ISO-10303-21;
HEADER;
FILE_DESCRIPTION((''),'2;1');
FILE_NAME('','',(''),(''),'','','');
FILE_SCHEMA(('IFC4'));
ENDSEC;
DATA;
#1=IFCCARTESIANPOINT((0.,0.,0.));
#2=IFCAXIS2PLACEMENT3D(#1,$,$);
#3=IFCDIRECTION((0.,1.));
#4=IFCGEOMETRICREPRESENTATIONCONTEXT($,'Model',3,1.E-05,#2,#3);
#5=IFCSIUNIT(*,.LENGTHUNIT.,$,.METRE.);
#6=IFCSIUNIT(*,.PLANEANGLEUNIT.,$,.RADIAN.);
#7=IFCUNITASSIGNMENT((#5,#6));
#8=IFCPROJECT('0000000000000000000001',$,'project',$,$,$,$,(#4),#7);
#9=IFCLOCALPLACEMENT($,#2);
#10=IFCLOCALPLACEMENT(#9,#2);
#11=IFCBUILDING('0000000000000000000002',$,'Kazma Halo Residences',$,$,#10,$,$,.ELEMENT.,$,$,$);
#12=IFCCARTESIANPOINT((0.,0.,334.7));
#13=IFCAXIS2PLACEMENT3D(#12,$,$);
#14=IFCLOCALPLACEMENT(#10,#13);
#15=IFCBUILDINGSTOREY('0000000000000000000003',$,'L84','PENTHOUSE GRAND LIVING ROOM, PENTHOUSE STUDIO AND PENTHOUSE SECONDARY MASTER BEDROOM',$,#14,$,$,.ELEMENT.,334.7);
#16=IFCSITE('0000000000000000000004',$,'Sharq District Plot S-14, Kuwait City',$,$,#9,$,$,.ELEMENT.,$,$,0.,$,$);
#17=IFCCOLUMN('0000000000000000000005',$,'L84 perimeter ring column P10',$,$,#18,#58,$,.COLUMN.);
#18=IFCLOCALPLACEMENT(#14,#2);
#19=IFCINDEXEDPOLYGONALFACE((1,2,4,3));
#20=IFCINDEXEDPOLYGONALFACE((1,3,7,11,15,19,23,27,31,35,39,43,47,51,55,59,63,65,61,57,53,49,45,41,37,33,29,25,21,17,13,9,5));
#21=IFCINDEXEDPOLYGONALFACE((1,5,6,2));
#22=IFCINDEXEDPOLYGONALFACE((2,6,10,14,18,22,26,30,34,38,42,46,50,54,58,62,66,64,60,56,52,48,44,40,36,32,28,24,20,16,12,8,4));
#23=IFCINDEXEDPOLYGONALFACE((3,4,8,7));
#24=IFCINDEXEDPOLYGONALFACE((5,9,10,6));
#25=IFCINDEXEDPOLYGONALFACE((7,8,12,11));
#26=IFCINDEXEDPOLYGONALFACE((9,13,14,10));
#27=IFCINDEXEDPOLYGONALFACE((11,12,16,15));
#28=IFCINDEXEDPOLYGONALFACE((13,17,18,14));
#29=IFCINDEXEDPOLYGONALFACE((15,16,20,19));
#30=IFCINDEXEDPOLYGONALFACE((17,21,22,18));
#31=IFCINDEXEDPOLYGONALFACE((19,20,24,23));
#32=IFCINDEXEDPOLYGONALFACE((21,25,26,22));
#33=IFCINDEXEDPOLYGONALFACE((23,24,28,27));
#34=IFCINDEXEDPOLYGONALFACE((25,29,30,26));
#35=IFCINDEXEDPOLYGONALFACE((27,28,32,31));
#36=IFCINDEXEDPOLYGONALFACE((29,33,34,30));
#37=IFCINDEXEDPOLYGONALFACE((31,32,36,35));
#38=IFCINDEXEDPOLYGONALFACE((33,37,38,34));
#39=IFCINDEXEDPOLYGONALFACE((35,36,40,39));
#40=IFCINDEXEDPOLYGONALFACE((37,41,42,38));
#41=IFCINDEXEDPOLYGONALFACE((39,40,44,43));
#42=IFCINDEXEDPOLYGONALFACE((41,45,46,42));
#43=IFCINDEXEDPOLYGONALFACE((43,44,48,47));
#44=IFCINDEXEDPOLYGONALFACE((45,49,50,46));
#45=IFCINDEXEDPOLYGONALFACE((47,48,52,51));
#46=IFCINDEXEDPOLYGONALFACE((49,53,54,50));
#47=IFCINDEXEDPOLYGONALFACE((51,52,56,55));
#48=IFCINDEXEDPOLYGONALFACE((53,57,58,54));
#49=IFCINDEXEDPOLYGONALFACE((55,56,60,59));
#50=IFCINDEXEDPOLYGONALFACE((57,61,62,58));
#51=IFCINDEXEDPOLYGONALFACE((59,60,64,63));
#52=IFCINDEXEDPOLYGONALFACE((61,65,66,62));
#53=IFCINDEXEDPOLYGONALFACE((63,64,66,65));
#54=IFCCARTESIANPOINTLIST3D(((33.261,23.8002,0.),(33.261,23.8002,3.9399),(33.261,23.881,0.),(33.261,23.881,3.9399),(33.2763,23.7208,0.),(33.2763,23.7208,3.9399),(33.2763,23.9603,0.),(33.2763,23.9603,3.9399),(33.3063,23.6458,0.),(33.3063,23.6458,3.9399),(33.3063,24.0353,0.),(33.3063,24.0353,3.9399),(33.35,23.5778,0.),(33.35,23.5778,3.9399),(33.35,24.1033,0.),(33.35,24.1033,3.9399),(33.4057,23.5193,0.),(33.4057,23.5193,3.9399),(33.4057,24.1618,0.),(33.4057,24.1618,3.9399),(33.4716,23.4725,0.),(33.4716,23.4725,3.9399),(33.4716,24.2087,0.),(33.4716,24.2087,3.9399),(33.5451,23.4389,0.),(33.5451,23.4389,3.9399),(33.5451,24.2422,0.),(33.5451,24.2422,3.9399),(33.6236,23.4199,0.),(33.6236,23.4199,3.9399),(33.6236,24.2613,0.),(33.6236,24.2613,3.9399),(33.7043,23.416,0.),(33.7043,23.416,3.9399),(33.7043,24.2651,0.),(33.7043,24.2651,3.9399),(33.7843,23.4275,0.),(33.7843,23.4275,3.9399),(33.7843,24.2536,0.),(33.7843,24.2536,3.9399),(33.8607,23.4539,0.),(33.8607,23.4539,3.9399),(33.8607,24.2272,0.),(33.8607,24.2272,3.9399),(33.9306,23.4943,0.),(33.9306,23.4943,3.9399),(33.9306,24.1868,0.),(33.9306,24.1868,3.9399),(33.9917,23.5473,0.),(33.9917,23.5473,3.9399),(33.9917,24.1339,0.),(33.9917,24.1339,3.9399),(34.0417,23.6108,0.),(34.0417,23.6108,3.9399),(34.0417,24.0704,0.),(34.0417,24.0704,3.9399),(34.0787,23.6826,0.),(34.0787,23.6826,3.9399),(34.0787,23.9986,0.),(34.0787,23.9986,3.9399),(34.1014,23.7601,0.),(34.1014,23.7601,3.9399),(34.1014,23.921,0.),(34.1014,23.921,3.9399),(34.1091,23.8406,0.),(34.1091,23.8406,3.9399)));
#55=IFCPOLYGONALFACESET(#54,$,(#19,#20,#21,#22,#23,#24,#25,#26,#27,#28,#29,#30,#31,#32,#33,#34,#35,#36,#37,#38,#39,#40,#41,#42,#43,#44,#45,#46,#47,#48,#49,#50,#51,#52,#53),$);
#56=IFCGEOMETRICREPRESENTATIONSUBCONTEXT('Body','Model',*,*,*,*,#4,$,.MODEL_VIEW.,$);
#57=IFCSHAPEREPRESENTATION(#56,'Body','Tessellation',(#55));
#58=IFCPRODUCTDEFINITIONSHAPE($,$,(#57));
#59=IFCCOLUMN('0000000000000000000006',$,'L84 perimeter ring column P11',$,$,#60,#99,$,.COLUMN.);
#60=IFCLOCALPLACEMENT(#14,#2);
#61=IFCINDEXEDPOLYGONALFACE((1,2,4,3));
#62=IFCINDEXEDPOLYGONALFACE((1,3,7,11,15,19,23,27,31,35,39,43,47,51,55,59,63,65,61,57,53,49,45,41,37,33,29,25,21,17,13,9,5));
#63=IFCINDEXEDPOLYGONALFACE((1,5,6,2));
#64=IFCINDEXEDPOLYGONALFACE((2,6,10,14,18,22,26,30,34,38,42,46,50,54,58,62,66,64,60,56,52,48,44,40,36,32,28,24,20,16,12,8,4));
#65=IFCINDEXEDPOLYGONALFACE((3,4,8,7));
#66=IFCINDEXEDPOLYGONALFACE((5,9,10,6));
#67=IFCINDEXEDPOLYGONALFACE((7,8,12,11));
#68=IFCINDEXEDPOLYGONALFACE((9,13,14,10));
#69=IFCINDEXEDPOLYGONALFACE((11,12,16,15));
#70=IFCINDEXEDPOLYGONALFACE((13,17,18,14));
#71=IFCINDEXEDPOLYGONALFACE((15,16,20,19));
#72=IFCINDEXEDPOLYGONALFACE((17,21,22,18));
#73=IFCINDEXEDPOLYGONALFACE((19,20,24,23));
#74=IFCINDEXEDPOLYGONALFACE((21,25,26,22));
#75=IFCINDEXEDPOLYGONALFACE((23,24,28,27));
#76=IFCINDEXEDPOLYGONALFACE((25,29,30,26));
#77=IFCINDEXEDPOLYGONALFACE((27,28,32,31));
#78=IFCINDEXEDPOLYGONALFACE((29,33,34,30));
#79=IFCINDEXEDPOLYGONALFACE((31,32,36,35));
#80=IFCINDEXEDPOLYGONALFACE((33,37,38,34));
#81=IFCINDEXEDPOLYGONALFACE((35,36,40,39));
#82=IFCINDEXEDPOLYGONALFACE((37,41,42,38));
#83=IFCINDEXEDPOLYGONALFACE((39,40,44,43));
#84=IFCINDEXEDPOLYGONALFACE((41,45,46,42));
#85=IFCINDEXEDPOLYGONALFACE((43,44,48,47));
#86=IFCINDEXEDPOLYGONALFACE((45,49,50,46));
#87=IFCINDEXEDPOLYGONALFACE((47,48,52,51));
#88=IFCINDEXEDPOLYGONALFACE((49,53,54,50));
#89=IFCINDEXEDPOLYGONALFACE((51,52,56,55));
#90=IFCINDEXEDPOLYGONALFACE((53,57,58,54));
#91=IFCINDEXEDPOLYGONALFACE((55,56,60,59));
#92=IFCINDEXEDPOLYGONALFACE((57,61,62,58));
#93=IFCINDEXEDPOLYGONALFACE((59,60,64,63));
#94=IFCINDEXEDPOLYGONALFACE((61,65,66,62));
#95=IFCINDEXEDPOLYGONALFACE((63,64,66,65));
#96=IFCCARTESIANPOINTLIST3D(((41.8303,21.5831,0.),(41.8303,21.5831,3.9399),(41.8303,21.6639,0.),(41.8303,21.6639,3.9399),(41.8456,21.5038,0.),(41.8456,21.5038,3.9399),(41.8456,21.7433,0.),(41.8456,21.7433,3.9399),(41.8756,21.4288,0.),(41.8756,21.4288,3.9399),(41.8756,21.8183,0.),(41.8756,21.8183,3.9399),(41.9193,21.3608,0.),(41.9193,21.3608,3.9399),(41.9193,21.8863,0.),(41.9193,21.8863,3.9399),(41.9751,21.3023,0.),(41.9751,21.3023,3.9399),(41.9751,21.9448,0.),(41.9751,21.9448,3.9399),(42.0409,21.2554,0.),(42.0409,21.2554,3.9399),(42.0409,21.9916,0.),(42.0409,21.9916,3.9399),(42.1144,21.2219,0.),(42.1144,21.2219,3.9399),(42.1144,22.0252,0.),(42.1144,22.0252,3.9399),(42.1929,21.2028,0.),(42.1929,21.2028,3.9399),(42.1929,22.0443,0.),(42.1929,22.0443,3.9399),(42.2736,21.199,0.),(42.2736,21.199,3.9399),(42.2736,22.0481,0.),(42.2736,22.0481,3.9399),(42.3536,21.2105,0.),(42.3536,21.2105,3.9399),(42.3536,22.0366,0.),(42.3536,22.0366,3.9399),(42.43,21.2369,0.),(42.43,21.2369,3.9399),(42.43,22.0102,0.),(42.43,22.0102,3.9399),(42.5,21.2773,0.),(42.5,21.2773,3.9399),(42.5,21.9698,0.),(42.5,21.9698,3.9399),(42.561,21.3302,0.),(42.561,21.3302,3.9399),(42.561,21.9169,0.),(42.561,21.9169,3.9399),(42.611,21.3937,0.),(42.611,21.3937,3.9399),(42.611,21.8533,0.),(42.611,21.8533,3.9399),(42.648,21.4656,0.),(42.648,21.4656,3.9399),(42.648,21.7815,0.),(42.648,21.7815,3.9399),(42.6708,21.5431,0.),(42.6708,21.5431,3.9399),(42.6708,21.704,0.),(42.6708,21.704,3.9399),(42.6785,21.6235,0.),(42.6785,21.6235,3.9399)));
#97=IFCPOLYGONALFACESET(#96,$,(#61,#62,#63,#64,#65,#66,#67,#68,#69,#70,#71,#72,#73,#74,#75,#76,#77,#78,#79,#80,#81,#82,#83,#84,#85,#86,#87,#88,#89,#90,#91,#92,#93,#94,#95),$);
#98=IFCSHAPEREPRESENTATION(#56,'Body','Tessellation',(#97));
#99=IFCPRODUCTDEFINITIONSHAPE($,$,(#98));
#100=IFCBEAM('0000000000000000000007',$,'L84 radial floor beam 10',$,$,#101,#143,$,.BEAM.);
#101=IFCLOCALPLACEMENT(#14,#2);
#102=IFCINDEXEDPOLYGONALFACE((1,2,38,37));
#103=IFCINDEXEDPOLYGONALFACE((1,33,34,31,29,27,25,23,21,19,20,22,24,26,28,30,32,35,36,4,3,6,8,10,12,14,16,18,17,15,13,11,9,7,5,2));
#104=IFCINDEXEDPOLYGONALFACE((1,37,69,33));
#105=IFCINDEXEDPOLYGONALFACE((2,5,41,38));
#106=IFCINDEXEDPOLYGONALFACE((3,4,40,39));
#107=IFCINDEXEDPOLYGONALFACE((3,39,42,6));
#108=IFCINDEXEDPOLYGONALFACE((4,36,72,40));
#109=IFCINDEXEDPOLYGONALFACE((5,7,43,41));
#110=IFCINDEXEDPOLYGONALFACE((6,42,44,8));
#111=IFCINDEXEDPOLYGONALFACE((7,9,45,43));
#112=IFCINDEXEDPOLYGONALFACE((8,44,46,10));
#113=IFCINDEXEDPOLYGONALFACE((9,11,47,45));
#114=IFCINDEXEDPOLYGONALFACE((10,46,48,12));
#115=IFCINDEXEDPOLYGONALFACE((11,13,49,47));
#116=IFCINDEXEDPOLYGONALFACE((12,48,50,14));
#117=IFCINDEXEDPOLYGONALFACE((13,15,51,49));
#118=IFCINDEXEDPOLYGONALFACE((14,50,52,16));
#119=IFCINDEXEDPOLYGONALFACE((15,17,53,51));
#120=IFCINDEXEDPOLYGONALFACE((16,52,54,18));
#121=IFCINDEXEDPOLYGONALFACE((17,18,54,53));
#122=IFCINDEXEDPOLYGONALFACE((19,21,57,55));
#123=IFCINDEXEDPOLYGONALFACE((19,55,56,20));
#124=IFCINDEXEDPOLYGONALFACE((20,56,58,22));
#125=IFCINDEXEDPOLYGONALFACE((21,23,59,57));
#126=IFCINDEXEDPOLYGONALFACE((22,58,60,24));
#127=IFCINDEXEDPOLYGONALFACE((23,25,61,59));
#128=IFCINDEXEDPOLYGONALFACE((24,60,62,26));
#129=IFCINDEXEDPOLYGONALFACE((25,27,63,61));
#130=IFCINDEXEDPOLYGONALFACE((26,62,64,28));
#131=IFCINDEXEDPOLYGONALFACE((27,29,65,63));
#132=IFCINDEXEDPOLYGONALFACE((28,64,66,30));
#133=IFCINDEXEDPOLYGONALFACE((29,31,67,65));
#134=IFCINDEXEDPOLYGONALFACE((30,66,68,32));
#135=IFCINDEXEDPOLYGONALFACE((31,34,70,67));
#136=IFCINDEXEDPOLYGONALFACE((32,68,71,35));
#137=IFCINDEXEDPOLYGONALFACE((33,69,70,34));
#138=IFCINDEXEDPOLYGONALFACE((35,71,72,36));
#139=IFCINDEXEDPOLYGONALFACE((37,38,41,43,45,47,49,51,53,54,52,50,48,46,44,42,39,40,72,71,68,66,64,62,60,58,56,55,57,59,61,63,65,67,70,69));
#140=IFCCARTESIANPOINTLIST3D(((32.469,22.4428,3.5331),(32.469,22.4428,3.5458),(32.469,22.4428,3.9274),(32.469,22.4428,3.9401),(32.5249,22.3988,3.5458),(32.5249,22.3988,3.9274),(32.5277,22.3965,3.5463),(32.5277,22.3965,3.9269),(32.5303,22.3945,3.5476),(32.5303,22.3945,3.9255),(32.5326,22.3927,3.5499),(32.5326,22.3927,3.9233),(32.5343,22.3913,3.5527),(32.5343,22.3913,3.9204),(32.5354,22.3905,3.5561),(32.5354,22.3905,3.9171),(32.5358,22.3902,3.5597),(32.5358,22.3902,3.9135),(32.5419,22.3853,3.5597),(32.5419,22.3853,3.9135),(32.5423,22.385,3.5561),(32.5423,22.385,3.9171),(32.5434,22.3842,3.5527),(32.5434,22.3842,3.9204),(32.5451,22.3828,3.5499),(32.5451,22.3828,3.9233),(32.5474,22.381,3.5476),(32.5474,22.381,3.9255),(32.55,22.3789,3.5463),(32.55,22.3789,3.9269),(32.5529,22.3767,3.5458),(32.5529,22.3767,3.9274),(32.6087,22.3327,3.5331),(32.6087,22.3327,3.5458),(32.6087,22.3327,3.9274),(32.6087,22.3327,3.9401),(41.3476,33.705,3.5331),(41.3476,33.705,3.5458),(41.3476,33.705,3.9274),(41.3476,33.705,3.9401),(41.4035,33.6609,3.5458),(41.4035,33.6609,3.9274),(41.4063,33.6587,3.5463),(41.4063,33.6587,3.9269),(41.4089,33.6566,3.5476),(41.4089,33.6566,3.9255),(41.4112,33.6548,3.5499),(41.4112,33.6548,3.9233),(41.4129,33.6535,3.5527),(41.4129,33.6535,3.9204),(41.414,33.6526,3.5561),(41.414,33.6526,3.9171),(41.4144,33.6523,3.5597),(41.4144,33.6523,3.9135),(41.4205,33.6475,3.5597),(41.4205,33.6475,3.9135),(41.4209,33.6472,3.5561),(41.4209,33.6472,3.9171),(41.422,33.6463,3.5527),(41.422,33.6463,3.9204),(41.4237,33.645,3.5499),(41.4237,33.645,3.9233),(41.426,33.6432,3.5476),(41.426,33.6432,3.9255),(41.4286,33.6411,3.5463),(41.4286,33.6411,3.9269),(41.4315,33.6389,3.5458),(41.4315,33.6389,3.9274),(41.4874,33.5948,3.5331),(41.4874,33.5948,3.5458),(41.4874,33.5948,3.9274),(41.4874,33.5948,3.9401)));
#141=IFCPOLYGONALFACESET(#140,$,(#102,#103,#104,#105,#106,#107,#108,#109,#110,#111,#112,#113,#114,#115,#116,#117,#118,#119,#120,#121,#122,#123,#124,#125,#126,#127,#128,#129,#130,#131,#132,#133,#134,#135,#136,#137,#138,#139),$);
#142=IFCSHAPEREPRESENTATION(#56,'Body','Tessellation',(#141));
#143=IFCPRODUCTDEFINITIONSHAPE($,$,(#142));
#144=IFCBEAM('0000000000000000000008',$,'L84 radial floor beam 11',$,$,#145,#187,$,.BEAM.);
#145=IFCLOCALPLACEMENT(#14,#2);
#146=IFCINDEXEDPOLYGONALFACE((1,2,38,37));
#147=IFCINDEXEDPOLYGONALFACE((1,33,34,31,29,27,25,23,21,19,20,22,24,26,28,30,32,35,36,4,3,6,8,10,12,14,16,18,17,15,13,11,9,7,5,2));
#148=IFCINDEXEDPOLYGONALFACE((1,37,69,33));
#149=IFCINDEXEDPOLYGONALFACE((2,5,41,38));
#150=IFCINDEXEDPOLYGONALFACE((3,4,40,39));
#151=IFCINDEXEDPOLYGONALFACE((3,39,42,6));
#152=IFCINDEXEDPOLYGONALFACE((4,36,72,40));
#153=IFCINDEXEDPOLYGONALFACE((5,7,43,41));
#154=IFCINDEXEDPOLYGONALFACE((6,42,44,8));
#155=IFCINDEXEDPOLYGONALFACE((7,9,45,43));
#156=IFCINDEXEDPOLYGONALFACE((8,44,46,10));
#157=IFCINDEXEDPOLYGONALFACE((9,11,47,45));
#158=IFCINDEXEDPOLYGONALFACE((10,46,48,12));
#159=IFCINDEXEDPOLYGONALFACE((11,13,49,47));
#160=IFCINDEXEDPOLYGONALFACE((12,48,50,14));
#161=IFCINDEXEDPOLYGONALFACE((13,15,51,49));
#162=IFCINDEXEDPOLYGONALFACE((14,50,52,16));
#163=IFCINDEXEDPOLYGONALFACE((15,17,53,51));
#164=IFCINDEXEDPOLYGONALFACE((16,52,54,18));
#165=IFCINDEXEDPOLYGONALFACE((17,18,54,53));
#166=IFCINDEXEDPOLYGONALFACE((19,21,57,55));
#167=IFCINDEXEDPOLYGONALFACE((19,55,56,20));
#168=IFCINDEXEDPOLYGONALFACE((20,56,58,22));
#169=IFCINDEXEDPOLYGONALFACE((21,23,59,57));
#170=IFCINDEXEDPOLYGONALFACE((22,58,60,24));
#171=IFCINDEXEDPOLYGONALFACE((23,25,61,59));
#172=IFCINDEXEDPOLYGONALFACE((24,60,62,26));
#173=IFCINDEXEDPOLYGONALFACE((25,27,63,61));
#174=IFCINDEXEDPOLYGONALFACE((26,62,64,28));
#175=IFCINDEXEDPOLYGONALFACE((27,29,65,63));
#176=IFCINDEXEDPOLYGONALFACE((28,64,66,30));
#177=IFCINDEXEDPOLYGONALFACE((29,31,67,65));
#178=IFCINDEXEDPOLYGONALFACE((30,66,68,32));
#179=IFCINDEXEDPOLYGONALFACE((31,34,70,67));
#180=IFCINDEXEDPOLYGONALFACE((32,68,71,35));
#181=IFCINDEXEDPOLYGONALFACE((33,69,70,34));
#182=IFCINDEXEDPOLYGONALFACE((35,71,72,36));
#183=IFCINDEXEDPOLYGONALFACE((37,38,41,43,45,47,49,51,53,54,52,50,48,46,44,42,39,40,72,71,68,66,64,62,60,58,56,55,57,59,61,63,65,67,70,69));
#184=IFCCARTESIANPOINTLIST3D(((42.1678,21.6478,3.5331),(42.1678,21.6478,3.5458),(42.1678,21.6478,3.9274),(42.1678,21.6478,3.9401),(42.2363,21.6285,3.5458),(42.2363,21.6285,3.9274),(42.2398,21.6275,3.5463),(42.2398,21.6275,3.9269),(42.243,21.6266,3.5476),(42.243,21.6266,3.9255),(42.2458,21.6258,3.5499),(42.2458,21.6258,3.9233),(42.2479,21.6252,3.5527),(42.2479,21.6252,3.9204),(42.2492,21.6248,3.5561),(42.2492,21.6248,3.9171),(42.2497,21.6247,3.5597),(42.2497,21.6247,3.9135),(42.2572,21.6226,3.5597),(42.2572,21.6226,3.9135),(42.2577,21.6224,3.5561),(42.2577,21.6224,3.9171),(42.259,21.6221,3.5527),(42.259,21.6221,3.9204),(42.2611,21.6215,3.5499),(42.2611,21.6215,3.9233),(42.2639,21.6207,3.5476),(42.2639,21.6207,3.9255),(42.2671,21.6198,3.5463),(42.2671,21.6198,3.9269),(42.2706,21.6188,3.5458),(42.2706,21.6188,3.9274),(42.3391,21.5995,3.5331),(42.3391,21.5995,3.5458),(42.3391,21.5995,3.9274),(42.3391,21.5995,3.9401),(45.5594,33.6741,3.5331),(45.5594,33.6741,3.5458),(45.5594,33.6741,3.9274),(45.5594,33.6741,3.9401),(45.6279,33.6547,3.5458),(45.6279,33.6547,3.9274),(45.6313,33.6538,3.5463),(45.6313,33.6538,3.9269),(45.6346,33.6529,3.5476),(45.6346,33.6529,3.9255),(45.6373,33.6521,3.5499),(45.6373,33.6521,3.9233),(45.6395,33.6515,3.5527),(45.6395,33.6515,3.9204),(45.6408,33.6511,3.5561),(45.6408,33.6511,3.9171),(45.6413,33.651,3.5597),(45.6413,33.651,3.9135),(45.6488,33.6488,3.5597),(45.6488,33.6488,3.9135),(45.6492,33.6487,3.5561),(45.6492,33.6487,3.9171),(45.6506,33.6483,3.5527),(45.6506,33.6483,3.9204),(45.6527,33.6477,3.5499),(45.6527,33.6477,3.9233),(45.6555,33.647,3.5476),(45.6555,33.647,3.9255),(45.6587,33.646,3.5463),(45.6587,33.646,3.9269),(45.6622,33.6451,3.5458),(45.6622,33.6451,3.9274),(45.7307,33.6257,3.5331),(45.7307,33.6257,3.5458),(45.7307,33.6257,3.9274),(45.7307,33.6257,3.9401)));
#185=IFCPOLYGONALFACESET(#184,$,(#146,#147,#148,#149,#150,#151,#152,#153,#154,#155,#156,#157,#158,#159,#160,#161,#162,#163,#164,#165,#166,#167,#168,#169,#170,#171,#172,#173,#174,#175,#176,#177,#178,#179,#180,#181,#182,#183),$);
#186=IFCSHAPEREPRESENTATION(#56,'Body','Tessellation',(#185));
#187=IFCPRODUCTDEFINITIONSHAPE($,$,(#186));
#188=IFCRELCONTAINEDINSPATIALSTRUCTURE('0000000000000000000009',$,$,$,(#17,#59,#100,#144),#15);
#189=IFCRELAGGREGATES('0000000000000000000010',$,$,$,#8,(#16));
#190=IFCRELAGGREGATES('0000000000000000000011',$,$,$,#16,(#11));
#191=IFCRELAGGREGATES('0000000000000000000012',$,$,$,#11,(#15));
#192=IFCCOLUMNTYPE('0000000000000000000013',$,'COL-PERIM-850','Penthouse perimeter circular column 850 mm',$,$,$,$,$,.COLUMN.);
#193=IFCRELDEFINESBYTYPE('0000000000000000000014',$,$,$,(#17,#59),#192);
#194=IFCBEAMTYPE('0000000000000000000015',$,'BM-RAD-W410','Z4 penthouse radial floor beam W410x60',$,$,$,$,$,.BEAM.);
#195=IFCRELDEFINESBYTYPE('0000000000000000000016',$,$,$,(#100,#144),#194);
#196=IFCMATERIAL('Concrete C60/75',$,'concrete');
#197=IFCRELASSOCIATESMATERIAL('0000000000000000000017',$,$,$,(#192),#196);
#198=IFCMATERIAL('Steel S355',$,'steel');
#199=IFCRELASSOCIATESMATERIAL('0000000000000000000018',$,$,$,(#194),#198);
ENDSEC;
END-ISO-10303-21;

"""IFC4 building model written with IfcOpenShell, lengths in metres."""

from ifc_helpers import new_model, si_unit, direction, frame, origin, origin_2d, place, context, subcontext, project, spatial, circle, i_section, extrude, material, material_profile, profile_set, type_object, element, save


model = new_model("IFC4")

# Units and contexts
model_context = context("Model", 3, precision=1e-05, world=origin(), true_north=direction((0.0, 1.0)))
body_context = subcontext(model_context, "Body", "Model", "MODEL_VIEW")
ifc_project = project(units=[si_unit("LENGTHUNIT", "METRE"), si_unit("PLANEANGLEUNIT", "RADIAN")], contexts=[model_context])

# Site, building, storey
site_placement = place(None, origin())
site = spatial("IfcSite", under=ifc_project, at=site_placement, Name="Sharq District Plot S-14, Kuwait City", CompositionType="ELEMENT", RefElevation=0.0)
building_placement = place(site_placement, origin())
building = spatial("IfcBuilding", under=site, at=building_placement, Name="Kazma Halo Residences", CompositionType="ELEMENT")
storey_placement = place(building_placement, frame((0.0, 0.0, 334.7)))
storey = spatial("IfcBuildingStorey", under=building, at=storey_placement, Name="L84", Description="PENTHOUSE GRAND LIVING ROOM, PENTHOUSE STUDIO AND PENTHOUSE SECONDARY MASTER BEDROOM", CompositionType="ELEMENT", Elevation=334.7)

# Columns
ifc_material_1 = material(Name="Concrete C60/75", Category="concrete")
ifc_material_profile_1 = material_profile(ifc_material_1, circle(Radius=0.425, at=origin_2d()), Name="CIRC850")
ifc_profile_set_1 = profile_set([ifc_material_profile_1], Name="Concrete C60/75")
column_type = type_object("IfcColumnType", Name="COL-PERIM-850", Description="Penthouse perimeter circular column 850 mm", PredefinedType="COLUMN", material=ifc_profile_set_1)
for number, where, z_axis, x_axis, name in (
    (1, (33.6841, 23.8406, 0.0), (0.0, 0.0, 1.0), (1.0, 0.0, 0.0), "L84 perimeter ring column P10"),
    (2, (42.2534, 21.6235, 0.0), (0.0, 0.0, 1.0), (1.0, 0.0, 0.0), "L84 perimeter ring column P11"),
):
    element("IfcColumn", number, at=place(storey_placement, frame(where, z_axis=z_axis, x_axis=x_axis)), inside=storey, type_object=column_type, Name=name, PredefinedType="COLUMN", context=body_context, shape_type="SweptSolid", body=[
        extrude(circle(Radius=0.425, at=origin_2d()), origin(), (0.0, 0.0, 1.0), 3.9399),
    ])

# Beams
ifc_material_2 = material(Name="Steel S355", Category="steel")
ifc_material_profile_2 = material_profile(ifc_material_2, i_section(OverallWidth=0.178, OverallDepth=0.407, WebThickness=0.0078, FlangeThickness=0.0127, FilletRadius=0.0139, at=origin_2d()), Name="W410x60")
ifc_profile_set_2 = profile_set([ifc_material_profile_2], Name="Steel S355")
beam_type_1 = type_object("IfcBeamType", Name="BM-RAD-W410", Description="Z4 penthouse radial floor beam W410x60", PredefinedType="BEAM", material=ifc_profile_set_2)
beam_1_placement = place(storey_placement, frame((41.4175, 33.6499, 3.7366), z_axis=(-0.619105, -0.785308, 0.0), x_axis=(0.785308, -0.619105, 0.0)))
element("IfcBeam", 3, at=beam_1_placement, inside=storey, type_object=beam_type_1, Name="L84 radial floor beam 10", PredefinedType="BEAM", context=body_context, shape_type="SweptSolid", body=[
    extrude(i_section(OverallWidth=0.178, OverallDepth=0.407, WebThickness=0.0078, FlangeThickness=0.0127, FilletRadius=0.0139, at=origin_2d()), origin(), (0.0, 0.0, 1.0), 14.3411),
])
beam_2_placement = place(storey_placement, frame((45.645, 33.6499, 3.7366), z_axis=(-0.271427, -0.962459, 0.0), x_axis=(0.962459, -0.271427, 0.0)))
element("IfcBeam", 4, at=beam_2_placement, inside=storey, type_object=beam_type_1, Name="L84 radial floor beam 11", PredefinedType="BEAM", context=body_context, shape_type="SweptSolid", body=[
    extrude(i_section(OverallWidth=0.178, OverallDepth=0.407, WebThickness=0.0078, FlangeThickness=0.0127, FilletRadius=0.0139, at=origin_2d()), origin(), (0.0, 0.0, 1.0), 12.4954),
])

save(model, "model.ifc")
